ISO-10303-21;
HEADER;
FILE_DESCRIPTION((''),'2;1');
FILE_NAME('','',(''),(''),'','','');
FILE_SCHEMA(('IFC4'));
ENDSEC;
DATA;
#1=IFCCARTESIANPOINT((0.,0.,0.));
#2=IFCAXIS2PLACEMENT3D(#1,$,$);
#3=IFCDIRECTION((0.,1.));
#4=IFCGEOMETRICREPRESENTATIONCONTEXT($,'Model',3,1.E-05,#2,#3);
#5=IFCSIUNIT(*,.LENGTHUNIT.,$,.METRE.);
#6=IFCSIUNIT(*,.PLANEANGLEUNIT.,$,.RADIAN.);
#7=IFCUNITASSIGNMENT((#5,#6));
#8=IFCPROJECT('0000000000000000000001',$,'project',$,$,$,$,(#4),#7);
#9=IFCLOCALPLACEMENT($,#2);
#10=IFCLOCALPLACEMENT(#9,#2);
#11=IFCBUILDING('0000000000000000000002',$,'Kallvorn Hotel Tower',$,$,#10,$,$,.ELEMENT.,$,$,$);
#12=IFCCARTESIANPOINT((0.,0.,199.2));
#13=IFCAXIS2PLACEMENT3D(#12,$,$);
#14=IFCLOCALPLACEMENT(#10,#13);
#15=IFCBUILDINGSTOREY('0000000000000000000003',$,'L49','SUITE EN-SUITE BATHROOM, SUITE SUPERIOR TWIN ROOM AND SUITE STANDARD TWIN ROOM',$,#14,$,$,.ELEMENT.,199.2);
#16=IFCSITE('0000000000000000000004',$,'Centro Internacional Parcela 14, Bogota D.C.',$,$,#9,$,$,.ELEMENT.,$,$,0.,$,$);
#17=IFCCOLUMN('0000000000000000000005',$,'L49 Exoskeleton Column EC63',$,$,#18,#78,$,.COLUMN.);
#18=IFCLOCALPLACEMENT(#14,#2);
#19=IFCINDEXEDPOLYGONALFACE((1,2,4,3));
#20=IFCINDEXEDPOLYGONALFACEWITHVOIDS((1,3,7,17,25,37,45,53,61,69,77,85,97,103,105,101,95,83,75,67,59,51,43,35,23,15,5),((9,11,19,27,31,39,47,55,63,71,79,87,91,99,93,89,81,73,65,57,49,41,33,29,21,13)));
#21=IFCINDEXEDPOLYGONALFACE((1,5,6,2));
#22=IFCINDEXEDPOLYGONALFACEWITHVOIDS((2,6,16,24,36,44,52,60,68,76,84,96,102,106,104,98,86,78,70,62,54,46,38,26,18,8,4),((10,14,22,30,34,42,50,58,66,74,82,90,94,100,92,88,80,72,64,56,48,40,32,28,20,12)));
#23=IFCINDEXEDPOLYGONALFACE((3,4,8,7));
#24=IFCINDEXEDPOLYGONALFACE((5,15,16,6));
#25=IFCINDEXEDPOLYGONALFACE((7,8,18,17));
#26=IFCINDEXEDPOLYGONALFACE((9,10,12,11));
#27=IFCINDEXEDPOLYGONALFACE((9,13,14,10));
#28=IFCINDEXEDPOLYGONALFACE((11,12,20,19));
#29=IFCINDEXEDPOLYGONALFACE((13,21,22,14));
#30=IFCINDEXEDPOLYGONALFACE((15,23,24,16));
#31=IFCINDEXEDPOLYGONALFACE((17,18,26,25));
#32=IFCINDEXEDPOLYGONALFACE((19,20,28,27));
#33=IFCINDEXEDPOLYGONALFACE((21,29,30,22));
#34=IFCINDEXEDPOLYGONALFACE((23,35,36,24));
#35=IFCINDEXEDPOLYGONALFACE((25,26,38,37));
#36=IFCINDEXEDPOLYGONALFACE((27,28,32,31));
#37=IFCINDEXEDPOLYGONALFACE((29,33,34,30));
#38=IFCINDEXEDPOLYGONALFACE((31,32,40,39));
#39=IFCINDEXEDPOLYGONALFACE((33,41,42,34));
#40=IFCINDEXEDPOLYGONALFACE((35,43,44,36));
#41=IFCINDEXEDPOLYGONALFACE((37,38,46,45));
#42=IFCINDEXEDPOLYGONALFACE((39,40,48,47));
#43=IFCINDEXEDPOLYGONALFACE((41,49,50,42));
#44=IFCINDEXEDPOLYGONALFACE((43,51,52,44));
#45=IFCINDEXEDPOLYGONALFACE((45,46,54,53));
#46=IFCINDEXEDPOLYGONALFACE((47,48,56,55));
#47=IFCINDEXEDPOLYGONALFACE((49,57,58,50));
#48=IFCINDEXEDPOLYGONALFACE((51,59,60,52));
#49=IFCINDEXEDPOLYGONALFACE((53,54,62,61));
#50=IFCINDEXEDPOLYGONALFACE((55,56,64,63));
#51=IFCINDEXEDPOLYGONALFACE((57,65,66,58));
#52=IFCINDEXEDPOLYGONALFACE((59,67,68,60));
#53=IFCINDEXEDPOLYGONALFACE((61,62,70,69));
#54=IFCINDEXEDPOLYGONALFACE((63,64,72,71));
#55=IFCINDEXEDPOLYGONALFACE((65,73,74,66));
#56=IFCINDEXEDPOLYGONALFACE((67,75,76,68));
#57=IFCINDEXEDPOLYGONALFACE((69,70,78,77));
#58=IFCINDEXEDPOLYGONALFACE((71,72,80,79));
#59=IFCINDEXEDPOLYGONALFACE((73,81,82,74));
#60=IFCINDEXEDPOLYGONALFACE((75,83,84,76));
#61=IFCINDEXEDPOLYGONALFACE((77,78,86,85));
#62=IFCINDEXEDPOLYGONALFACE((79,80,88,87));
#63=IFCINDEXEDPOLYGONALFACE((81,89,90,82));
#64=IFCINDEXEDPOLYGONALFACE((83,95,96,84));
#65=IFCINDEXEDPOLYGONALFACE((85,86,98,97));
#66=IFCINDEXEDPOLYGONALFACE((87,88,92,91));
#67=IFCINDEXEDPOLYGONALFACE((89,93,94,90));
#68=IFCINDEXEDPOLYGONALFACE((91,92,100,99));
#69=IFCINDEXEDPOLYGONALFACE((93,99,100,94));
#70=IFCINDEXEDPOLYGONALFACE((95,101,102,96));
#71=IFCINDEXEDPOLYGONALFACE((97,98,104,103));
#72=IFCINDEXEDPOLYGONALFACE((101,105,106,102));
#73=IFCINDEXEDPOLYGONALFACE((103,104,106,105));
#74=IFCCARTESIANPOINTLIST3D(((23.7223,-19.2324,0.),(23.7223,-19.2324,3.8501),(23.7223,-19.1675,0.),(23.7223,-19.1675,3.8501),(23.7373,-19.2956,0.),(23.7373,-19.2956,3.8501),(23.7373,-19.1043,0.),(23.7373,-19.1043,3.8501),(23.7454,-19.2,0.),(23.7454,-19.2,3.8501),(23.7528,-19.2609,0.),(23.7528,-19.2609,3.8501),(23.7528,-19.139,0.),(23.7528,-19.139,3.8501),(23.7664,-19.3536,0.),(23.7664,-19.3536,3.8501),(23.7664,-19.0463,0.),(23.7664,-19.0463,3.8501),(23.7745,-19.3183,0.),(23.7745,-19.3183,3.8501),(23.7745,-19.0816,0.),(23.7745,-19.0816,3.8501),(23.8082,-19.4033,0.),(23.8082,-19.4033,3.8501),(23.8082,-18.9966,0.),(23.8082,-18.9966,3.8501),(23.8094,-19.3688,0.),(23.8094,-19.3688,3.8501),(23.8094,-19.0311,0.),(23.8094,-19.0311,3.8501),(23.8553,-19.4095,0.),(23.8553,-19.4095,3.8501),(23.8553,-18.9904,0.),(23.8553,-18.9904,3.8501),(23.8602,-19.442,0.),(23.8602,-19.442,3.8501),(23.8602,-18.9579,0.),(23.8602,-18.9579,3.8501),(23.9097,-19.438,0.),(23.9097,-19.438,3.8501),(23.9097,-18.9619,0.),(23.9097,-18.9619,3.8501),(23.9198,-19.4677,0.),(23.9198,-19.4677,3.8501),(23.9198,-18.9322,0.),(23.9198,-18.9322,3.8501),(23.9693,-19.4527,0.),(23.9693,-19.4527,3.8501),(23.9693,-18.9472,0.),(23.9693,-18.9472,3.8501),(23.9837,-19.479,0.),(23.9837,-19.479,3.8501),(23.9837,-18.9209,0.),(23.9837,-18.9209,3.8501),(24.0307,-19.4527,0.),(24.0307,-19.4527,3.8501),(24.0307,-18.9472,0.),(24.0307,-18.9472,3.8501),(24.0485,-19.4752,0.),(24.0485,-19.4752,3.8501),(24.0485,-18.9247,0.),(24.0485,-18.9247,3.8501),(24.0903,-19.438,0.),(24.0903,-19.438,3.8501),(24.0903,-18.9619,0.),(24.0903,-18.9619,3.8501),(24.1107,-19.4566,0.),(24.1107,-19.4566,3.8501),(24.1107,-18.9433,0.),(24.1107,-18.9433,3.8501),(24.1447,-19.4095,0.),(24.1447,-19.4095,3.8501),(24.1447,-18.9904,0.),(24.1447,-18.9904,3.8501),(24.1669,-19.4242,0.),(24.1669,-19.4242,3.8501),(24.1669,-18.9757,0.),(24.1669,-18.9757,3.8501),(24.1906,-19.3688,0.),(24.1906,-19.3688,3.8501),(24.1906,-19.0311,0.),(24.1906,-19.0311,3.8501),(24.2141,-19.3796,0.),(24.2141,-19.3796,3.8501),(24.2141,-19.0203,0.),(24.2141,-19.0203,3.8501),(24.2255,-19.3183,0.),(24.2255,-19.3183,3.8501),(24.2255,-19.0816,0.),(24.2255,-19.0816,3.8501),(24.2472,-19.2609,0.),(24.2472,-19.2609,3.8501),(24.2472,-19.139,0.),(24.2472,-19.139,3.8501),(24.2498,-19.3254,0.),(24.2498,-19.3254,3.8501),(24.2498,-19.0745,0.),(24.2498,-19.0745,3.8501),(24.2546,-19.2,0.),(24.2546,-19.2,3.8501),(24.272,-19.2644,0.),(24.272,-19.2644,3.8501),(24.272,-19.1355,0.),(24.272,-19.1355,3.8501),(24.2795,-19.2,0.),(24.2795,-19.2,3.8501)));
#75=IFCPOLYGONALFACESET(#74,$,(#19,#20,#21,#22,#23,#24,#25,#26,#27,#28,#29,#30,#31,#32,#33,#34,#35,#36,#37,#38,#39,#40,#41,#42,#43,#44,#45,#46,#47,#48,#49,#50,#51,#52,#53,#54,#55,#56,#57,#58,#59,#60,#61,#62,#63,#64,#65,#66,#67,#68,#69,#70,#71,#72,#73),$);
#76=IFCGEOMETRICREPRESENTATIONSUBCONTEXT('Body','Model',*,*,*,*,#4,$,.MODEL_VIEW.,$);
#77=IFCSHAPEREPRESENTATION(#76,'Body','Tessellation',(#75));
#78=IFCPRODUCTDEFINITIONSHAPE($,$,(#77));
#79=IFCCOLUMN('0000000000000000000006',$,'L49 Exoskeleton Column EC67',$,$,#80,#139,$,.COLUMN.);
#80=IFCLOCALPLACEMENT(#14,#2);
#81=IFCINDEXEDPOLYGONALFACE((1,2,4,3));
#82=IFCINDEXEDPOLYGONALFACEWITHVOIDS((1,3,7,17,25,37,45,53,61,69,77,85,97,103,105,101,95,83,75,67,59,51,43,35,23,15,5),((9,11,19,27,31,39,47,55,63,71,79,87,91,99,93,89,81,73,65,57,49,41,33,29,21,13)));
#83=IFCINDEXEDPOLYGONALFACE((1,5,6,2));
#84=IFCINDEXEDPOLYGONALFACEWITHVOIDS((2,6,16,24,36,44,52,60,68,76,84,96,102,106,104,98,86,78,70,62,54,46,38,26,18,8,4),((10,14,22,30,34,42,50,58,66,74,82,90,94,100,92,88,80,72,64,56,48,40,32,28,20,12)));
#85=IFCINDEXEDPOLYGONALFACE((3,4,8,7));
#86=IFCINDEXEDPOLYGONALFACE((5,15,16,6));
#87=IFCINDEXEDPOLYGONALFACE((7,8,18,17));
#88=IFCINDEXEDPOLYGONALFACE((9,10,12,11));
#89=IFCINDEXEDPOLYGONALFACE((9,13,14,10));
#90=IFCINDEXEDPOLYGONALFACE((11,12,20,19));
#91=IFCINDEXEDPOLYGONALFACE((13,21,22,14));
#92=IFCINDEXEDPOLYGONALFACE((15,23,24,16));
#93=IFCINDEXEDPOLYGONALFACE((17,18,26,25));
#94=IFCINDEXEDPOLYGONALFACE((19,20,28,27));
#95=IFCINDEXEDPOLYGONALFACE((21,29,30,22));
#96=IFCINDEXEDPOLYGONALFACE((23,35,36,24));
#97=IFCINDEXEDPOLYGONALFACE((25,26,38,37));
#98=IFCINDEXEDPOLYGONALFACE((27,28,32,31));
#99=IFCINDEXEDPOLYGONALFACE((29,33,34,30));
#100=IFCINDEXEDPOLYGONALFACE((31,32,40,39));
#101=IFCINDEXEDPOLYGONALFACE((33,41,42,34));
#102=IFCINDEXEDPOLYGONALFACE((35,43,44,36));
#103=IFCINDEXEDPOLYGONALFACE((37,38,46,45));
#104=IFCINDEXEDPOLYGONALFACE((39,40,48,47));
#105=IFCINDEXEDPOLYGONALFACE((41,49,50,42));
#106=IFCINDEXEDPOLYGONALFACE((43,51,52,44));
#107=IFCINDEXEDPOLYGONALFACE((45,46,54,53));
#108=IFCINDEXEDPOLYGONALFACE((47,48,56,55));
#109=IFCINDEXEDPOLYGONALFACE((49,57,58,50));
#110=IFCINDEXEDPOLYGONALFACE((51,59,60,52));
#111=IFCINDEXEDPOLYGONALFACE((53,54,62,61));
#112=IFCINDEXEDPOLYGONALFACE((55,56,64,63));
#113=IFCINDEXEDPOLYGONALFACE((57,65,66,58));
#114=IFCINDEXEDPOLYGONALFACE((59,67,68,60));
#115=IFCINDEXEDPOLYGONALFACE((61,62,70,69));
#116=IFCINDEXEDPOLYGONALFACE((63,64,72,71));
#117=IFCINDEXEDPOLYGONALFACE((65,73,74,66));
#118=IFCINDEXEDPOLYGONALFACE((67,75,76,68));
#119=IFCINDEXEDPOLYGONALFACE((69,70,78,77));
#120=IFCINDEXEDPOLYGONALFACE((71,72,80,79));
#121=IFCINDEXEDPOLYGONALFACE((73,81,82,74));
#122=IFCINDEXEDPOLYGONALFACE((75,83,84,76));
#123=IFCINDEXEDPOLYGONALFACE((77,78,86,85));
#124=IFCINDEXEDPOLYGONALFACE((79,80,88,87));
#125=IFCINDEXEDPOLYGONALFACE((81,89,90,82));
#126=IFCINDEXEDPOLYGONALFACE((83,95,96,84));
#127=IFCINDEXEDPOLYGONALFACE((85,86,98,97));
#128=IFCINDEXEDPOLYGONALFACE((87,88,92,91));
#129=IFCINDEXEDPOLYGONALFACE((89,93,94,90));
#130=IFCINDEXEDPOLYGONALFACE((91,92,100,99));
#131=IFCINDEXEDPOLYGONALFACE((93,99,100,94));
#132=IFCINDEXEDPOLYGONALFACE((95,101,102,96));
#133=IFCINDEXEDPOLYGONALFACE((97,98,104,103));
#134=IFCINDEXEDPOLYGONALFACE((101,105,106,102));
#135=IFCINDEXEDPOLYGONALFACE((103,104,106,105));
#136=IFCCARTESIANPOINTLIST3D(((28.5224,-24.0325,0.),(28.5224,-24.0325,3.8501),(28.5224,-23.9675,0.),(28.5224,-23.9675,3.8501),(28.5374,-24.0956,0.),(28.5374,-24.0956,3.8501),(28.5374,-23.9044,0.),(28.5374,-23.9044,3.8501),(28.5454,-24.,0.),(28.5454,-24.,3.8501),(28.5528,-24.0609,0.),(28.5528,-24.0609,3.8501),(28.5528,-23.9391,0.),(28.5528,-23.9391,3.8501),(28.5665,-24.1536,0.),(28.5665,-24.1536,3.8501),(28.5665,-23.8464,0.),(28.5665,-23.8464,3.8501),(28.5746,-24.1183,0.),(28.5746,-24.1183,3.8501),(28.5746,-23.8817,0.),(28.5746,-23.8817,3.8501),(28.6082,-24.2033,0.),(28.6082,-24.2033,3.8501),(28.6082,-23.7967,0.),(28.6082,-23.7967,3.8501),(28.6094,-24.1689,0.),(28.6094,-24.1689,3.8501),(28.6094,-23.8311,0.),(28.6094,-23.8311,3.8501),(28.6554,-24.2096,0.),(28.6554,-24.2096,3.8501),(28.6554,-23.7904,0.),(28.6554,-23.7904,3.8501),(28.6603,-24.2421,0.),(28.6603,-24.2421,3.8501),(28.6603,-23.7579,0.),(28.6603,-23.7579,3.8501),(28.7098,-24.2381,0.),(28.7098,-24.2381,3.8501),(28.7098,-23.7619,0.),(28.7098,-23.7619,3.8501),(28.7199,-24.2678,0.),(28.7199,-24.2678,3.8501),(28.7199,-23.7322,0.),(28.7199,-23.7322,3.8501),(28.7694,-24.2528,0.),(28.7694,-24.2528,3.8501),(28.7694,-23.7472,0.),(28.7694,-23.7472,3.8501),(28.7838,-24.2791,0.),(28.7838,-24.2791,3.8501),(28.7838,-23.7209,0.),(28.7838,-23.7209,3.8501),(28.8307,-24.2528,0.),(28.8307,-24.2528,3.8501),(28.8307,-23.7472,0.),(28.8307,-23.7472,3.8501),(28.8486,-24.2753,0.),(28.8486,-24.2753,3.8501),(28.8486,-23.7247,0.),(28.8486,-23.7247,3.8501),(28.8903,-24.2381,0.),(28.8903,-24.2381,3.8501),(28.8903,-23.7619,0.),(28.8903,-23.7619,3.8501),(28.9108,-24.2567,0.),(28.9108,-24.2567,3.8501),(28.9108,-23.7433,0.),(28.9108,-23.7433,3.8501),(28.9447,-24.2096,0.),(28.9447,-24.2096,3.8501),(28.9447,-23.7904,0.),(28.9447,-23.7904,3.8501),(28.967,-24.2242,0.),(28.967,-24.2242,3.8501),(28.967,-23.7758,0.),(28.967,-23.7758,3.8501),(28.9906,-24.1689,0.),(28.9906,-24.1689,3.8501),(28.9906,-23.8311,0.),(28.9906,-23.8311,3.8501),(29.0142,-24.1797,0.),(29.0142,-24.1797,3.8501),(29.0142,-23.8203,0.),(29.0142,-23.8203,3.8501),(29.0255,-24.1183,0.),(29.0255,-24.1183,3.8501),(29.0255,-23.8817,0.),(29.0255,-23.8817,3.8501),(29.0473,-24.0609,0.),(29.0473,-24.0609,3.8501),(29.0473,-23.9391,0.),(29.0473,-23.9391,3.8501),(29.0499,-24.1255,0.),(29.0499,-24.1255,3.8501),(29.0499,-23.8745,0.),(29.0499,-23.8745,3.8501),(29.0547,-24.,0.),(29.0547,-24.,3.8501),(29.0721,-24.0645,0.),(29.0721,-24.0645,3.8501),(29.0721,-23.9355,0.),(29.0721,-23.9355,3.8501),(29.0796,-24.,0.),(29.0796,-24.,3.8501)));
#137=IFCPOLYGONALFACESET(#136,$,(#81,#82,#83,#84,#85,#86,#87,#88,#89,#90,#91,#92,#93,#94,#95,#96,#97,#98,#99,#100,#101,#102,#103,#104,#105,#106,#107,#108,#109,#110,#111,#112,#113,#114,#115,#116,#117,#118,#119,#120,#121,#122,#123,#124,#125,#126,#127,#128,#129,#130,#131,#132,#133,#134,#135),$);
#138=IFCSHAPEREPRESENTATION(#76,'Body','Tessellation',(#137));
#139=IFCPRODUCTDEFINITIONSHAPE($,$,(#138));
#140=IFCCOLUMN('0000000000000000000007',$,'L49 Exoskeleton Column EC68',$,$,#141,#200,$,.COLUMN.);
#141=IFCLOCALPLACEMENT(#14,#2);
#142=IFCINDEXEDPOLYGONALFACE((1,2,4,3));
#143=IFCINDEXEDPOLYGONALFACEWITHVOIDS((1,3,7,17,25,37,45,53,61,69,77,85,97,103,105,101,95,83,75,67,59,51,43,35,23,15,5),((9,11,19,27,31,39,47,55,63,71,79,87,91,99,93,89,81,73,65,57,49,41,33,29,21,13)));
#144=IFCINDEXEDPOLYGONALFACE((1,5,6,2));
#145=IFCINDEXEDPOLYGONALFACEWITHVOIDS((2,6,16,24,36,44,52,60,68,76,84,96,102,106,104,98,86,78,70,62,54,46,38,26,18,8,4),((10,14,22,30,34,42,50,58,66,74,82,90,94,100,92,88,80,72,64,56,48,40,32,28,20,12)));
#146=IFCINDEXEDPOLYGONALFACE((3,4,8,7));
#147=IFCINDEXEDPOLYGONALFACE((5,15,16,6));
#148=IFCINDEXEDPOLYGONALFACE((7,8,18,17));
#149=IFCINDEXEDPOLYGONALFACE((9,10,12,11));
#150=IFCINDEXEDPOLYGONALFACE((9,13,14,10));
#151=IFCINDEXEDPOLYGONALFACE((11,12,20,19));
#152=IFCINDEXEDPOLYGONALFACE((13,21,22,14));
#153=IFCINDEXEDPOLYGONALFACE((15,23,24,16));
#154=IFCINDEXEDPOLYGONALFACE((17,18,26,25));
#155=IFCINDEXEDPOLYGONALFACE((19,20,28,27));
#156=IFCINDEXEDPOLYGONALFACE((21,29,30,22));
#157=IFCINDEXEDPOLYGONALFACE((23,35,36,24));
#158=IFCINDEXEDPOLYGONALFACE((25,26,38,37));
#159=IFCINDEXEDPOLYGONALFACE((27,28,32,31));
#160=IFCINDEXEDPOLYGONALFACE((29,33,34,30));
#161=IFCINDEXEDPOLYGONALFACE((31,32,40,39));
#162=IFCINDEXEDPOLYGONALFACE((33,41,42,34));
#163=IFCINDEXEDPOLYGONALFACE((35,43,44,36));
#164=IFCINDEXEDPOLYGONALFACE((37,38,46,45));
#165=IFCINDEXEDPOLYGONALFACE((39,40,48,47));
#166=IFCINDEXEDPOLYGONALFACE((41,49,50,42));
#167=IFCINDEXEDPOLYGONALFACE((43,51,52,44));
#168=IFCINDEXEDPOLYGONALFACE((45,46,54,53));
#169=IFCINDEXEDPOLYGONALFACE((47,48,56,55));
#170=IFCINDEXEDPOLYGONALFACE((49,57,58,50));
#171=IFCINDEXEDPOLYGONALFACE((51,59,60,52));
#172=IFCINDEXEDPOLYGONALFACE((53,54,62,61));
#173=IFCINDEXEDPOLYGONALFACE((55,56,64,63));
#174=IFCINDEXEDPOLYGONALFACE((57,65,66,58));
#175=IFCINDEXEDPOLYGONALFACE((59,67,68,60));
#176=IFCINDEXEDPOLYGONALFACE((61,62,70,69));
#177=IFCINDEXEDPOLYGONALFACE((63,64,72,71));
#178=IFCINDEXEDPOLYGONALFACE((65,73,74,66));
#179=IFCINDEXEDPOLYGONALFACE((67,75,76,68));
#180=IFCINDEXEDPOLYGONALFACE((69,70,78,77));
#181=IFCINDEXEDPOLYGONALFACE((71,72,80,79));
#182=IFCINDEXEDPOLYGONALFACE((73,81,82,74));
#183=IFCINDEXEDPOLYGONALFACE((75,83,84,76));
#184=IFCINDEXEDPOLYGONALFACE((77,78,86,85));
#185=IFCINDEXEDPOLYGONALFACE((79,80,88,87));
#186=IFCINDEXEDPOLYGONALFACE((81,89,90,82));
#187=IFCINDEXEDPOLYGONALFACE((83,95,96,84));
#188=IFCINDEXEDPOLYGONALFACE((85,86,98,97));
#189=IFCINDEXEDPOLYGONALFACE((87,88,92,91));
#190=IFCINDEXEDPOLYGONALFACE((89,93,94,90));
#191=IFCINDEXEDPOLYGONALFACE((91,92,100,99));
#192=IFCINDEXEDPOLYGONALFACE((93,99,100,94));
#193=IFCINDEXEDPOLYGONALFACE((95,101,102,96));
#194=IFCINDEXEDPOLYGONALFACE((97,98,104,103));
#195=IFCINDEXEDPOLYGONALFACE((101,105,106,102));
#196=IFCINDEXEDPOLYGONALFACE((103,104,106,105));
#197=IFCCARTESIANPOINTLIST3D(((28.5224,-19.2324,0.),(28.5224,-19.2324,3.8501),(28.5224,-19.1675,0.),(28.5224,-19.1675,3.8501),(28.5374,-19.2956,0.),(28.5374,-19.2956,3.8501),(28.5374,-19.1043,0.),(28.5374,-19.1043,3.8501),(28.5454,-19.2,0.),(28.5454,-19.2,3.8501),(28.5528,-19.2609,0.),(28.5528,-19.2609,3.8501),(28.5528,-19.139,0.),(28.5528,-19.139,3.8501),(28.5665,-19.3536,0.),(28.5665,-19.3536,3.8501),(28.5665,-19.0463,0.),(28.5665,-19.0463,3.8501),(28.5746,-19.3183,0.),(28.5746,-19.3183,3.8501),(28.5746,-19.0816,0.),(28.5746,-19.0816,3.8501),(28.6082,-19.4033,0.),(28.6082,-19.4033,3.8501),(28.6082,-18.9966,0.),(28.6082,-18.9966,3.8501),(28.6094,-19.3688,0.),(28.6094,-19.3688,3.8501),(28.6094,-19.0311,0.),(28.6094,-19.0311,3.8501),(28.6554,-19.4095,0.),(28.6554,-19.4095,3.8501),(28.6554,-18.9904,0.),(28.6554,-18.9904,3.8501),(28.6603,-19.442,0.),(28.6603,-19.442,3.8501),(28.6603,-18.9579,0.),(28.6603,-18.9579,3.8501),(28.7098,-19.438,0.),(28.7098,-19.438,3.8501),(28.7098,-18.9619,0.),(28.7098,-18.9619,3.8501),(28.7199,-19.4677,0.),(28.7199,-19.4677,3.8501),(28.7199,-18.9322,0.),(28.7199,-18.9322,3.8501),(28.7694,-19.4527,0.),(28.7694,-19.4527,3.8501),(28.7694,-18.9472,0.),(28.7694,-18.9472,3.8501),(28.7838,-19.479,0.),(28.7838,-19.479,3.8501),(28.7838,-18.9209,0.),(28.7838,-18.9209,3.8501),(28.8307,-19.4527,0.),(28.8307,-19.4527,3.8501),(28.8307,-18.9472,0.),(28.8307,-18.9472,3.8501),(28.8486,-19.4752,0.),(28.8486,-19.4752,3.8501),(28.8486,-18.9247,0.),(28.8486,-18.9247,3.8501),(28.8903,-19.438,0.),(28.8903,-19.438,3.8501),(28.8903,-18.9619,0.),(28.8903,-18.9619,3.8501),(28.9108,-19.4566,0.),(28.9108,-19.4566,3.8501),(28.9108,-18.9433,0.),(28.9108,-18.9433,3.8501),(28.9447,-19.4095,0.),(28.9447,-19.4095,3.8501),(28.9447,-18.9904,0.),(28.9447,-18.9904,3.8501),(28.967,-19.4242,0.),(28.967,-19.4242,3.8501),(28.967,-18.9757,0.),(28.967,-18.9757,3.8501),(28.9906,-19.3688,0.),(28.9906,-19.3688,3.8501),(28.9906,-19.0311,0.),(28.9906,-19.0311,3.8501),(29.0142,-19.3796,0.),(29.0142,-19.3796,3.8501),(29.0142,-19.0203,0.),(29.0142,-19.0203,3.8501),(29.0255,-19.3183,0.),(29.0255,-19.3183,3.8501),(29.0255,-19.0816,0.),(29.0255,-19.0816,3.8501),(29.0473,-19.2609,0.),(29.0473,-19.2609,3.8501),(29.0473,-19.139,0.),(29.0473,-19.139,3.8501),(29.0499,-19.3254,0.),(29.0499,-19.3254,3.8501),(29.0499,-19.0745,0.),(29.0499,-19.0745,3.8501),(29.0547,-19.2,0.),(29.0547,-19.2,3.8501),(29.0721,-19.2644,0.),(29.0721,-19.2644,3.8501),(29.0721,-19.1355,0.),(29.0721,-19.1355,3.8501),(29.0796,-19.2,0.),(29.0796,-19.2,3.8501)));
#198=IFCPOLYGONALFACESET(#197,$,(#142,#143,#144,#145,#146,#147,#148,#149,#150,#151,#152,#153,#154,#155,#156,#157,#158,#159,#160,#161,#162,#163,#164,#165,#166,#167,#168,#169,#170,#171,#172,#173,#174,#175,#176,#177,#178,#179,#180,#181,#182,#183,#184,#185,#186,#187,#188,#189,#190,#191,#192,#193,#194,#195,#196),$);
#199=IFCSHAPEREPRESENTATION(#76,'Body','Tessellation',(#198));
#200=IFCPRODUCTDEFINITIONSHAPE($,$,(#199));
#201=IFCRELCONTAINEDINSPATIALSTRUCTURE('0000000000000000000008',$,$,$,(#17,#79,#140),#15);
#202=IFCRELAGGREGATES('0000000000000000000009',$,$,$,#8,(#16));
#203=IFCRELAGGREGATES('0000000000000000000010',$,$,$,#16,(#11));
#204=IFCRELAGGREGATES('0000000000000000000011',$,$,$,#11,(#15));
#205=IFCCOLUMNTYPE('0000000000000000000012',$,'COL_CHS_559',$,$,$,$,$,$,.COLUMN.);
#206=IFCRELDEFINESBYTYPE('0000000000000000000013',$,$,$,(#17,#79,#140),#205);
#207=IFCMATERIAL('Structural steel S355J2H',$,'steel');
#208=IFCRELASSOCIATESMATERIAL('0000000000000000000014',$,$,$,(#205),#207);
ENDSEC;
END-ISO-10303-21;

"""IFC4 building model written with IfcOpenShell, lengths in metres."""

from ifc_helpers import new_model, si_unit, direction, frame, origin, origin_2d, place, context, subcontext, project, spatial, hollow_circle, extrude, material, material_profile, profile_set, type_object, element, save


model = new_model("IFC4")

# Units and contexts
model_context = context("Model", 3, precision=1e-05, world=origin(), true_north=direction((0.0, 1.0)))
body_context = subcontext(model_context, "Body", "Model", "MODEL_VIEW")
ifc_project = project(units=[si_unit("LENGTHUNIT", "METRE"), si_unit("PLANEANGLEUNIT", "RADIAN")], contexts=[model_context])

# Site, building, storey
site_placement = place(None, origin())
site = spatial("IfcSite", under=ifc_project, at=site_placement, Name="Centro Internacional Parcela 14, Bogota D.C.", CompositionType="ELEMENT", RefElevation=0.0)
building_placement = place(site_placement, origin())
building = spatial("IfcBuilding", under=site, at=building_placement, Name="Kallvorn Hotel Tower", CompositionType="ELEMENT")
storey_placement = place(building_placement, frame((0.0, 0.0, 199.2)))
storey = spatial("IfcBuildingStorey", under=building, at=storey_placement, Name="L49", Description="SUITE EN-SUITE BATHROOM, SUITE SUPERIOR TWIN ROOM AND SUITE STANDARD TWIN ROOM", CompositionType="ELEMENT", Elevation=199.2)

# Columns
ifc_material_1 = material(Name="Structural steel S355J2H", Category="steel")
ifc_material_profile_1 = material_profile(ifc_material_1, hollow_circle(Radius=0.2795, WallThickness=0.0249, at=origin_2d()), Name="CHS 559x25")
ifc_profile_set_1 = profile_set([ifc_material_profile_1], Name="Structural steel S355J2H")
column_type = type_object("IfcColumnType", Name="COL_CHS_559", PredefinedType="COLUMN", material=ifc_profile_set_1)
for number, where, z_axis, x_axis, name in (
    (1, (24.0, -19.2, 0.0), (0.0, 0.0, 1.0), (1.0, 0.0, 0.0), "L49 Exoskeleton Column EC63"),
    (2, (28.8, -24.0, 0.0), (0.0, 0.0, 1.0), (1.0, 0.0, 0.0), "L49 Exoskeleton Column EC67"),
    (3, (28.8, -19.2, 0.0), (0.0, 0.0, 1.0), (1.0, 0.0, 0.0), "L49 Exoskeleton Column EC68"),
):
    element("IfcColumn", number, at=place(storey_placement, frame(where, z_axis=z_axis, x_axis=x_axis)), inside=storey, type_object=column_type, Name=name, PredefinedType="COLUMN", context=body_context, shape_type="SweptSolid", body=[
        extrude(hollow_circle(Radius=0.2795, WallThickness=0.0249, at=origin_2d()), origin(), (0.0, 0.0, 1.0), 3.8501),
    ])

save(model, "model.ifc")
